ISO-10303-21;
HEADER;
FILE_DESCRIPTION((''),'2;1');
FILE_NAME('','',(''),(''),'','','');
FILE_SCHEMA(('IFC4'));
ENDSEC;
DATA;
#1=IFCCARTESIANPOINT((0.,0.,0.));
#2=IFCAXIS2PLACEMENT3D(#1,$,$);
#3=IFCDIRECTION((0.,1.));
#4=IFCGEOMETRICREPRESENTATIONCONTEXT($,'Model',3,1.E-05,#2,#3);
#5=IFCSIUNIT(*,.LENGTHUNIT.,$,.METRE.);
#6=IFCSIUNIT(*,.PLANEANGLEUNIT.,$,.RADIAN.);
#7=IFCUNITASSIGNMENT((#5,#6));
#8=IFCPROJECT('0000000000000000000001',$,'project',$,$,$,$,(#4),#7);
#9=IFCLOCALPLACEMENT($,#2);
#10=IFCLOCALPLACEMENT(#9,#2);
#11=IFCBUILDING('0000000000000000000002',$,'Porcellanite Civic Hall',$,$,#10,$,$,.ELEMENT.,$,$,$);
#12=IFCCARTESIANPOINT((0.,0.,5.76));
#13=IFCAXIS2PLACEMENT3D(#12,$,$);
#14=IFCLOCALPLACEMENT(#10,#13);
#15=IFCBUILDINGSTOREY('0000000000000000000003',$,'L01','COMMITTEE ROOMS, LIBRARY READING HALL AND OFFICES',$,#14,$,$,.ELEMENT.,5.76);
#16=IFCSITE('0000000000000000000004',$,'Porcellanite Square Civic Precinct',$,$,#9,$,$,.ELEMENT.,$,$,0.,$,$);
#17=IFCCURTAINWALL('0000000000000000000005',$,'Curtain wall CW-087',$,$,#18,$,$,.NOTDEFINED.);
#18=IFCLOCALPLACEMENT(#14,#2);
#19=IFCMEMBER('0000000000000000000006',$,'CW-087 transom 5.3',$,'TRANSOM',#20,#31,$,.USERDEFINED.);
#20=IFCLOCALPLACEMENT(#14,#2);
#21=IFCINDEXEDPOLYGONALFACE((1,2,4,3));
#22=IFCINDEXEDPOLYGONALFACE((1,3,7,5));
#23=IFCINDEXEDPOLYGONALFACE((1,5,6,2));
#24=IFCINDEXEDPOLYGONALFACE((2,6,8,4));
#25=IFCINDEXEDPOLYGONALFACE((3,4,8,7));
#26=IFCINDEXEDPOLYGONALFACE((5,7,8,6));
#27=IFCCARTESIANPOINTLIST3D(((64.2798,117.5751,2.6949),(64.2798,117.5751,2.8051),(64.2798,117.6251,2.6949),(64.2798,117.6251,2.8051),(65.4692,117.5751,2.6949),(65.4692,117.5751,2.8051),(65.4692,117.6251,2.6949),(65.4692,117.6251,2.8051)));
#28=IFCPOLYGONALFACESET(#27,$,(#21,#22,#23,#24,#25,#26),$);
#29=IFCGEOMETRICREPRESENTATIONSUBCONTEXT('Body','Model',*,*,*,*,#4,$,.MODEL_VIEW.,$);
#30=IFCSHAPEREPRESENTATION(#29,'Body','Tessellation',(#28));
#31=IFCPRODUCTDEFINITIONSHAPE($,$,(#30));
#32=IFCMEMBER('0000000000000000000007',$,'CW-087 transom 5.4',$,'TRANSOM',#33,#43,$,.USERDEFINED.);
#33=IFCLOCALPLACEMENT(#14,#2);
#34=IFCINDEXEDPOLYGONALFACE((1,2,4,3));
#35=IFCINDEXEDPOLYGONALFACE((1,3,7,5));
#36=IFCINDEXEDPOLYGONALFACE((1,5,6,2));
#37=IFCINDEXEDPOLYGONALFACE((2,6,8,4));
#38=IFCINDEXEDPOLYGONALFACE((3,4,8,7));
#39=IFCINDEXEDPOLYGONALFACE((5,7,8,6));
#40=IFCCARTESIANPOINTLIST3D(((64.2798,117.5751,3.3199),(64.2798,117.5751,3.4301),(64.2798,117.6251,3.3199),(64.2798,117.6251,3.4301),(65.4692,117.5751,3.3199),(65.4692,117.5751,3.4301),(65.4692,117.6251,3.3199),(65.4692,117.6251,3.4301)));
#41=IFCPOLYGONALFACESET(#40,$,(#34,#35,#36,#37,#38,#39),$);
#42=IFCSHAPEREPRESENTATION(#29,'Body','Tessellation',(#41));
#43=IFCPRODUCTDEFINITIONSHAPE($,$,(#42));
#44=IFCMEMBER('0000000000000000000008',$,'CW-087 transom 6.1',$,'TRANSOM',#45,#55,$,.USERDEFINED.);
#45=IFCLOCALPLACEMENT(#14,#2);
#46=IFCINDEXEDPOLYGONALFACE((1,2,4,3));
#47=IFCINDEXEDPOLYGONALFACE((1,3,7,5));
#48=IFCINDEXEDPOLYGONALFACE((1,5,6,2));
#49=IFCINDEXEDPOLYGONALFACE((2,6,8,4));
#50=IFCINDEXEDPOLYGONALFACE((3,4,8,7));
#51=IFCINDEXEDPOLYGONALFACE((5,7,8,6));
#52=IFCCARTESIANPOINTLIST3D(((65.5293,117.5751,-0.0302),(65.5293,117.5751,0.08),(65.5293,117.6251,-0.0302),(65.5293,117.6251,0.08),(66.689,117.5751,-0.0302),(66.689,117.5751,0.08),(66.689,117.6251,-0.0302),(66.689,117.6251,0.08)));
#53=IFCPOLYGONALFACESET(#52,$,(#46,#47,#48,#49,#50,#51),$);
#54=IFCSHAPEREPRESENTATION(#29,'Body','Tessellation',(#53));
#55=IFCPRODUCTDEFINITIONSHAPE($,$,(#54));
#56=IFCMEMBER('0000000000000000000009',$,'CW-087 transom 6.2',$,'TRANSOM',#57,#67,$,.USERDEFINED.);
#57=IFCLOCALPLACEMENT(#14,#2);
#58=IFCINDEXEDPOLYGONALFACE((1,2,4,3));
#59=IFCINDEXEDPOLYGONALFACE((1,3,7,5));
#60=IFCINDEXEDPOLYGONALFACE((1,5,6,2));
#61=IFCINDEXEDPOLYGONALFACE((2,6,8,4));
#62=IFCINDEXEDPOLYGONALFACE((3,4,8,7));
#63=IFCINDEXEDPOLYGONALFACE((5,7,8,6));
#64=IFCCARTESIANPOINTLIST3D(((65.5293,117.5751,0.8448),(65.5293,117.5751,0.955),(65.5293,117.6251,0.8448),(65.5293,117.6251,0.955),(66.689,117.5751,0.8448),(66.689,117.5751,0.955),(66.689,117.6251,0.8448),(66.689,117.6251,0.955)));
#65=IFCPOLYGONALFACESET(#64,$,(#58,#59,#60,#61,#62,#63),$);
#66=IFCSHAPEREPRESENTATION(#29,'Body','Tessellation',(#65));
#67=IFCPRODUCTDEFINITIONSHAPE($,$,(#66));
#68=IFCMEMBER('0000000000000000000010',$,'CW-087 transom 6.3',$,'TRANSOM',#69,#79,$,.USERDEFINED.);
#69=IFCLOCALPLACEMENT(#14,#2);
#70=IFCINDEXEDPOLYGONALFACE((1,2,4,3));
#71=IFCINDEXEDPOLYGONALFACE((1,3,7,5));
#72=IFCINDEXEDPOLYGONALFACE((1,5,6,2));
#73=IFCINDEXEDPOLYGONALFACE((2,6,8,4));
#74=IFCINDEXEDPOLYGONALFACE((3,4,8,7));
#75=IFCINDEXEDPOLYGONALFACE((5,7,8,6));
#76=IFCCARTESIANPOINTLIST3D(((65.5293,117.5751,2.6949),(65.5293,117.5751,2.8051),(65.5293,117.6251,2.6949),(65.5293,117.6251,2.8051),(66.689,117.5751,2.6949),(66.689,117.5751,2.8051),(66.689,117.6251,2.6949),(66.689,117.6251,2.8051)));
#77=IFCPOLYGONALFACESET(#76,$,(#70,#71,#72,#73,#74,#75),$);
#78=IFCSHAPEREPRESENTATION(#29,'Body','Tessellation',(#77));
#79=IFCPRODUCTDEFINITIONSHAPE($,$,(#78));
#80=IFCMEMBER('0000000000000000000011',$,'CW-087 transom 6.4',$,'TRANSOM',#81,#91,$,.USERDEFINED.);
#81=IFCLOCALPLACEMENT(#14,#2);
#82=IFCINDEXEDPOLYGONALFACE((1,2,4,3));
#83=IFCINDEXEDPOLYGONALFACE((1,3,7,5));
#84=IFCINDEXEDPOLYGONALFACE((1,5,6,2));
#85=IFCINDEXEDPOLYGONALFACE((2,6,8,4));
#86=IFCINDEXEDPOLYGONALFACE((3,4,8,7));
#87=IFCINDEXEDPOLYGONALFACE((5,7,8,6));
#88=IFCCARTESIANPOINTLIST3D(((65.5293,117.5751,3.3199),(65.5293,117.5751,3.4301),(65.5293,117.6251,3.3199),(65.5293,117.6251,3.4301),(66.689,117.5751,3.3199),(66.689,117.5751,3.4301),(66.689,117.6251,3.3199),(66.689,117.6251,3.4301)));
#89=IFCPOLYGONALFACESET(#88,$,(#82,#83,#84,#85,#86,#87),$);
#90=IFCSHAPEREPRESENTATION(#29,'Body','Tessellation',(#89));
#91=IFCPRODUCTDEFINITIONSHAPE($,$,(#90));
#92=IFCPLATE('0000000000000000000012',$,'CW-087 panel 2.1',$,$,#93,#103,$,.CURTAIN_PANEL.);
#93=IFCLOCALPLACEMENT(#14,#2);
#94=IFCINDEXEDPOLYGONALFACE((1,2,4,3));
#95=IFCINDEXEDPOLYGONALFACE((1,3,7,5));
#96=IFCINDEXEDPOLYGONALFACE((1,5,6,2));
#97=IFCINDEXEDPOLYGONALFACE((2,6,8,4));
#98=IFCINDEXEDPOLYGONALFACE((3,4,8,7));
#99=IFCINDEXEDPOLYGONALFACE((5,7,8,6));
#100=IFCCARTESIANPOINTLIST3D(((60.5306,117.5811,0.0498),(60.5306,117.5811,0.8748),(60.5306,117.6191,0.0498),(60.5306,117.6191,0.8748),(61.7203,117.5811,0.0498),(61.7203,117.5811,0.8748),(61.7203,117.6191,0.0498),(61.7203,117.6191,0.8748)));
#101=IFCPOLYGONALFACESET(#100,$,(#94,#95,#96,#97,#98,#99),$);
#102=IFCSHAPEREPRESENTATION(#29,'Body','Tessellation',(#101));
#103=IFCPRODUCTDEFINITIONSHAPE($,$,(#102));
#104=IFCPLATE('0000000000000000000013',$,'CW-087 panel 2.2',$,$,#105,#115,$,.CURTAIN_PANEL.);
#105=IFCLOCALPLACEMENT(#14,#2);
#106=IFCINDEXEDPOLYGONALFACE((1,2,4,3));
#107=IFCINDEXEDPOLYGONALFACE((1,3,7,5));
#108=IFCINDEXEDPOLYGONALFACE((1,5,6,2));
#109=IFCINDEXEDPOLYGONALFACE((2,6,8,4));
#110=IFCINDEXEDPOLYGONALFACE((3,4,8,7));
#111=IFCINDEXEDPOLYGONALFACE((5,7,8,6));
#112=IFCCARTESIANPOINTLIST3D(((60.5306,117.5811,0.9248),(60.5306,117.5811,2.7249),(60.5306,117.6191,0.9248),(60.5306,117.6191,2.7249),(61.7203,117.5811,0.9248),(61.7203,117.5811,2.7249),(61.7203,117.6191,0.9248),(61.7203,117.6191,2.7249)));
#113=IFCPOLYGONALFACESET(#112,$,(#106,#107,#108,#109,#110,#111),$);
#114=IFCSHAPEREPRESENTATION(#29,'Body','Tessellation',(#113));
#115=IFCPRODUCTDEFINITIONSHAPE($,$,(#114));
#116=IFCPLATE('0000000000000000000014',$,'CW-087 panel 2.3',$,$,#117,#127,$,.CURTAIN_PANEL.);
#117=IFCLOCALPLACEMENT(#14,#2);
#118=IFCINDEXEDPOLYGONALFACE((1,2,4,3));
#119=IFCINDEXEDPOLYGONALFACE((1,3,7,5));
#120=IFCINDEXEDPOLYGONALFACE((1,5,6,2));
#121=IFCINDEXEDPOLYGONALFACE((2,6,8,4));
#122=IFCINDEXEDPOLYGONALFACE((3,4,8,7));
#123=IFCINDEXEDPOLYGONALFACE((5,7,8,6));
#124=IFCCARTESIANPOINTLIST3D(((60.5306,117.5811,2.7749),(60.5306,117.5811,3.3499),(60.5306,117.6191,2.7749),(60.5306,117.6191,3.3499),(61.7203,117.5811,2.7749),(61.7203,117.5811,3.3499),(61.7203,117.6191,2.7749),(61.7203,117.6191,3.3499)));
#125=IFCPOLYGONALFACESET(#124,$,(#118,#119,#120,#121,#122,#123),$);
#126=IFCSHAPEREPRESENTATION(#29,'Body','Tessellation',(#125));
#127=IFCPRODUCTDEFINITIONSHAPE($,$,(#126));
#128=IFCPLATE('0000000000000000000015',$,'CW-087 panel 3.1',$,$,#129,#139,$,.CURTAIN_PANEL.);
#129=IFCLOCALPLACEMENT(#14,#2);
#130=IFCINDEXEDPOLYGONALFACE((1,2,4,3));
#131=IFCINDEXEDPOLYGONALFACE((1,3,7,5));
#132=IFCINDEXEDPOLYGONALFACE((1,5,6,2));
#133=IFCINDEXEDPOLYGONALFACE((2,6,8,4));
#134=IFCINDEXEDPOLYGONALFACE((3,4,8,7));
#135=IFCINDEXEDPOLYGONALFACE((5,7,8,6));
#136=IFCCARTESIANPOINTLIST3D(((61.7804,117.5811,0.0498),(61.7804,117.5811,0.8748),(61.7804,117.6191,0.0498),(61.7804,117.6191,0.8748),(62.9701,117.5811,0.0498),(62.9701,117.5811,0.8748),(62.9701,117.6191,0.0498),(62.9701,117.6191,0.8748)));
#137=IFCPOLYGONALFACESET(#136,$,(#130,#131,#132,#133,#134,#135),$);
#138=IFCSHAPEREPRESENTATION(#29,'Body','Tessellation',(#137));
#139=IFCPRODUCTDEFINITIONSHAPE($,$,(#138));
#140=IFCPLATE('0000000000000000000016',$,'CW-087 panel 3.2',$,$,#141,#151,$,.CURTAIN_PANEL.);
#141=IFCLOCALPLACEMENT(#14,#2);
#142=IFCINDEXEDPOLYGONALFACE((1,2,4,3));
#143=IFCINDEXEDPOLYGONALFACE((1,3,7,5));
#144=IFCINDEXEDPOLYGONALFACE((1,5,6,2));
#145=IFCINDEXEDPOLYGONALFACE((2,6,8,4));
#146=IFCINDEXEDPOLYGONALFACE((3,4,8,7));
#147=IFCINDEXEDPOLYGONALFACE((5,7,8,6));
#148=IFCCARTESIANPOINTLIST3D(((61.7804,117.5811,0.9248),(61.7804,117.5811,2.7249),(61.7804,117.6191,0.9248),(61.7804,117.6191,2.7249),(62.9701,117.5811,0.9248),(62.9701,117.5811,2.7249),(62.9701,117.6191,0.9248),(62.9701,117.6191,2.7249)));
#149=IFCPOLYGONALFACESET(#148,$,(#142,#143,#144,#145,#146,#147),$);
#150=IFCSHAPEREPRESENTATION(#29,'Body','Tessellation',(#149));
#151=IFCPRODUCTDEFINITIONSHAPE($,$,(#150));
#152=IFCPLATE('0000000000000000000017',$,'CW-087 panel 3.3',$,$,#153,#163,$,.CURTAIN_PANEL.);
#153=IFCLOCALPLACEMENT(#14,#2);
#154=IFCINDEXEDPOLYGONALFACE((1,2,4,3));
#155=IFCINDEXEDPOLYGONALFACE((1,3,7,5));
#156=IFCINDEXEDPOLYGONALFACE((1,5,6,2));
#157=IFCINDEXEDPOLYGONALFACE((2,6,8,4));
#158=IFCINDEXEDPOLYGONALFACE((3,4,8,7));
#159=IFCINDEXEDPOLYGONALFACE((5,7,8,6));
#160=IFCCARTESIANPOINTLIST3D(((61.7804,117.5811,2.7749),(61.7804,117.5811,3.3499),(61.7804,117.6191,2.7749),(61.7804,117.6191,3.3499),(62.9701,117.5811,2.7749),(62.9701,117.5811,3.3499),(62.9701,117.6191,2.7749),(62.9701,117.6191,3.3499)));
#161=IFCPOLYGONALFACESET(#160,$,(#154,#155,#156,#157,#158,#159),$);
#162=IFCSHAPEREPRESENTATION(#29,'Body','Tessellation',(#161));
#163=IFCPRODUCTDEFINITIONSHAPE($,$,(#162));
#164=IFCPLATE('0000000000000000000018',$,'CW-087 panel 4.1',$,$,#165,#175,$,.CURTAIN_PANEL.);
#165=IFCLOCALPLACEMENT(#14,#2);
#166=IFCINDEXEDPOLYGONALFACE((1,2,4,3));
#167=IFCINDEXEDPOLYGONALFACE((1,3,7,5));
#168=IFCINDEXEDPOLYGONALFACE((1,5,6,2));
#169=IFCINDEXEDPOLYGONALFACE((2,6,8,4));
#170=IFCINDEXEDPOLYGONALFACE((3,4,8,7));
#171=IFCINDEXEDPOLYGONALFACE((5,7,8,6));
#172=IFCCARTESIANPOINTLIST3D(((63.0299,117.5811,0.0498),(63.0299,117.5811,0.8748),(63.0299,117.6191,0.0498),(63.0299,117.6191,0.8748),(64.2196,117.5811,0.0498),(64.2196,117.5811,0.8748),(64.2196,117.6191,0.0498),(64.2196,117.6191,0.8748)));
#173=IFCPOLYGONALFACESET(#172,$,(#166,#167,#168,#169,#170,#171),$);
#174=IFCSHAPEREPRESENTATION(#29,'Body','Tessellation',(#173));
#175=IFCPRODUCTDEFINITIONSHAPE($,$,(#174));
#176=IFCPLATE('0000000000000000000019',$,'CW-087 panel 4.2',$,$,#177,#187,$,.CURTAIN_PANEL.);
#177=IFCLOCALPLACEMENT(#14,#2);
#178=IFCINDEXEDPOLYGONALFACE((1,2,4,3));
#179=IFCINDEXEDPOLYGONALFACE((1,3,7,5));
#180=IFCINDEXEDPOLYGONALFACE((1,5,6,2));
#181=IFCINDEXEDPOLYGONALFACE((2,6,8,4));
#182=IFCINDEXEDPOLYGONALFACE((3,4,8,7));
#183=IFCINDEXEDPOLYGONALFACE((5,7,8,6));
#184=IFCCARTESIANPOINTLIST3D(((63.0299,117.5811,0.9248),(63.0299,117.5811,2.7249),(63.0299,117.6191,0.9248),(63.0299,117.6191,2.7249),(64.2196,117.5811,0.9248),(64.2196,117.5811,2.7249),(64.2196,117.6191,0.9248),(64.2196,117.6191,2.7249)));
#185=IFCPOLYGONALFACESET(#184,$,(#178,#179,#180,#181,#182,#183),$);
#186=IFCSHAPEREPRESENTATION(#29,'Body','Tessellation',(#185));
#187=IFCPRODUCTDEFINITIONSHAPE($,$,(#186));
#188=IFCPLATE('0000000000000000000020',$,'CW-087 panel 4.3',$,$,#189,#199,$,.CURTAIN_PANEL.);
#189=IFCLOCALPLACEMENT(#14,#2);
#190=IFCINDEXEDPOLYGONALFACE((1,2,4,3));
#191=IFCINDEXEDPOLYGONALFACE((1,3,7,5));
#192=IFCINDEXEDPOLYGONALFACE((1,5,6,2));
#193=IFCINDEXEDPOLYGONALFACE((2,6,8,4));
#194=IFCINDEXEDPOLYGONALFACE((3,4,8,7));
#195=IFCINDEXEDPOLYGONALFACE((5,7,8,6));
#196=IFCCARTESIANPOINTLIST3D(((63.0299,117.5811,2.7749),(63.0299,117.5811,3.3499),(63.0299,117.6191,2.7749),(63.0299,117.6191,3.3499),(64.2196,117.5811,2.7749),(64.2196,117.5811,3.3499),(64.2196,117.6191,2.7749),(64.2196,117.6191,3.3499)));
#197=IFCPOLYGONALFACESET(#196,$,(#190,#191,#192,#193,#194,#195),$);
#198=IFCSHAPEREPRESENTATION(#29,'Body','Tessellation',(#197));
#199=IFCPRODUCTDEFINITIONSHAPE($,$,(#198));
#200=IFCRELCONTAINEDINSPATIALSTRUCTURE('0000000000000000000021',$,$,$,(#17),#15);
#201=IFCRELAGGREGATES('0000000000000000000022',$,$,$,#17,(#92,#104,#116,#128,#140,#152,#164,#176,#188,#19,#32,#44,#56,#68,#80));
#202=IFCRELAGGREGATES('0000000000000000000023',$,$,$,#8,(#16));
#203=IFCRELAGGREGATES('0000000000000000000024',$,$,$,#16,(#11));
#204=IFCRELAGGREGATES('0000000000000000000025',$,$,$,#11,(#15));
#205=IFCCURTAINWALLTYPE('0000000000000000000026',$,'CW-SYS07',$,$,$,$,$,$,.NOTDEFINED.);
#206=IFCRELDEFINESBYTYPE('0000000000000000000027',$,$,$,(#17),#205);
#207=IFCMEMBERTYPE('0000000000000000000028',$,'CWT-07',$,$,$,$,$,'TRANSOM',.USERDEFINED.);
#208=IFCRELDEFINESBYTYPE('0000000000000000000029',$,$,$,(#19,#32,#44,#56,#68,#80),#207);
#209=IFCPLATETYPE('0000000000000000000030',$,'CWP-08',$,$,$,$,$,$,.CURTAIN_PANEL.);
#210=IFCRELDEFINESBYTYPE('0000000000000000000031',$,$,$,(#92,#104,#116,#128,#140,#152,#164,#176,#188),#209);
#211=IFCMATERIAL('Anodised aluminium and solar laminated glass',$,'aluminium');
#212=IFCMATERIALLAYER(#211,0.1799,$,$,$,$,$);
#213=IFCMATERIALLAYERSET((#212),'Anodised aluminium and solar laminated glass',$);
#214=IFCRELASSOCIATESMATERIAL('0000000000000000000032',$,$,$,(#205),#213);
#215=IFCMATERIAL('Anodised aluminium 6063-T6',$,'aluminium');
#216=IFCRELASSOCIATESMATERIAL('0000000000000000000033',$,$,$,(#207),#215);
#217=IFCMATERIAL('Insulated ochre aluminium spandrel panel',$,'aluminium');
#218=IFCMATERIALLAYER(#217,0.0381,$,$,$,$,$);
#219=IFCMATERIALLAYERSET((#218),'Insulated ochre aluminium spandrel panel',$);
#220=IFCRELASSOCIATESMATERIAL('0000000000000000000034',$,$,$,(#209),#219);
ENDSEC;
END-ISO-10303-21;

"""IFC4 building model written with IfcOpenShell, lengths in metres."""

from ifc_helpers import new_model, si_unit, direction, frame, origin, origin_2d, place, context, subcontext, project, spatial, rectangle, extrude, material, layer, layer_set, material_profile, profile_set, type_object, element, aggregate, save


model = new_model("IFC4")

# Units and contexts
model_context = context("Model", 3, precision=1e-05, world=origin(), true_north=direction((0.0, 1.0)))
body_context = subcontext(model_context, "Body", "Model", "MODEL_VIEW")
ifc_project = project(units=[si_unit("LENGTHUNIT", "METRE"), si_unit("PLANEANGLEUNIT", "RADIAN")], contexts=[model_context])

# Site, building, storey
site_placement = place(None, origin())
site = spatial("IfcSite", under=ifc_project, at=site_placement, Name="Porcellanite Square Civic Precinct", CompositionType="ELEMENT", RefElevation=0.0)
building_placement = place(site_placement, origin())
building = spatial("IfcBuilding", under=site, at=building_placement, Name="Porcellanite Civic Hall", CompositionType="ELEMENT")
storey_placement = place(building_placement, frame((0.0, 0.0, 5.76)))
storey = spatial("IfcBuildingStorey", under=building, at=storey_placement, Name="L01", Description="COMMITTEE ROOMS, LIBRARY READING HALL AND OFFICES", CompositionType="ELEMENT", Elevation=5.76)

# Curtain wall, members, plates
ifc_material_1 = material(Name="Anodised aluminium and solar laminated glass", Category="aluminium")
ifc_layer_1 = layer(ifc_material_1, 0.1799)
ifc_layer_set_1 = layer_set([ifc_layer_1], Name="Anodised aluminium and solar laminated glass")
curtain_wall_type = type_object("IfcCurtainWallType", Name="CW-SYS07", PredefinedType="NOTDEFINED", material=ifc_layer_set_1)
curtain_wall_placement = place(storey_placement, origin())
curtain_wall = element("IfcCurtainWall", 1, at=curtain_wall_placement, inside=storey, type_object=curtain_wall_type, Name="Curtain wall CW-087", PredefinedType="NOTDEFINED")
ifc_material_2 = material(Name="Anodised aluminium 6063-T6", Category="aluminium")
ifc_material_profile_1 = material_profile(ifc_material_2, rectangle(XDim=0.05, YDim=0.1101, at=origin_2d()), Name="AL-50x110")
ifc_profile_set_1 = profile_set([ifc_material_profile_1], Name="Anodised aluminium 6063-T6")
member_type_1 = type_object("IfcMemberType", Name="CWT-07", ElementType="TRANSOM", PredefinedType="USERDEFINED", material=ifc_profile_set_1)
member_1_placement = place(storey_placement, frame((64.2798, 117.6001, 2.75), z_axis=(1.0, 0.0, 0.0), x_axis=(0.0, 1.0, 0.0)))
member_1 = element("IfcMember", 2, at=member_1_placement, type_object=member_type_1, Name="CW-087 transom 5.3", ObjectType="TRANSOM", PredefinedType="USERDEFINED", context=body_context, shape_type="SweptSolid", body=[
    extrude(rectangle(XDim=0.05, YDim=0.1101, at=origin_2d()), origin(), (0.0, 0.0, 1.0), 1.1895),
])
member_2_placement = place(storey_placement, frame((64.2798, 117.6001, 3.375), z_axis=(1.0, 0.0, 0.0), x_axis=(0.0, 1.0, 0.0)))
member_2 = element("IfcMember", 3, at=member_2_placement, type_object=member_type_1, Name="CW-087 transom 5.4", ObjectType="TRANSOM", PredefinedType="USERDEFINED", context=body_context, shape_type="SweptSolid", body=[
    extrude(rectangle(XDim=0.05, YDim=0.1101, at=origin_2d()), origin(), (0.0, 0.0, 1.0), 1.1895),
])
member_3_placement = place(storey_placement, frame((65.5293, 117.6001, 0.0249), z_axis=(1.0, 0.0, 0.0), x_axis=(0.0, 1.0, 0.0)))
member_3 = element("IfcMember", 4, at=member_3_placement, type_object=member_type_1, Name="CW-087 transom 6.1", ObjectType="TRANSOM", PredefinedType="USERDEFINED", context=body_context, shape_type="SweptSolid", body=[
    extrude(rectangle(XDim=0.05, YDim=0.1101, at=origin_2d()), origin(), (0.0, 0.0, 1.0), 1.1597),
])
member_4_placement = place(storey_placement, frame((65.5293, 117.6001, 0.8999), z_axis=(1.0, 0.0, 0.0), x_axis=(0.0, 1.0, 0.0)))
member_4 = element("IfcMember", 5, at=member_4_placement, type_object=member_type_1, Name="CW-087 transom 6.2", ObjectType="TRANSOM", PredefinedType="USERDEFINED", context=body_context, shape_type="SweptSolid", body=[
    extrude(rectangle(XDim=0.05, YDim=0.1101, at=origin_2d()), origin(), (0.0, 0.0, 1.0), 1.1597),
])
member_5_placement = place(storey_placement, frame((65.5293, 117.6001, 2.75), z_axis=(1.0, 0.0, 0.0), x_axis=(0.0, 1.0, 0.0)))
member_5 = element("IfcMember", 6, at=member_5_placement, type_object=member_type_1, Name="CW-087 transom 6.3", ObjectType="TRANSOM", PredefinedType="USERDEFINED", context=body_context, shape_type="SweptSolid", body=[
    extrude(rectangle(XDim=0.05, YDim=0.1101, at=origin_2d()), origin(), (0.0, 0.0, 1.0), 1.1597),
])
member_6_placement = place(storey_placement, frame((65.5293, 117.6001, 3.375), z_axis=(1.0, 0.0, 0.0), x_axis=(0.0, 1.0, 0.0)))
member_6 = element("IfcMember", 7, at=member_6_placement, type_object=member_type_1, Name="CW-087 transom 6.4", ObjectType="TRANSOM", PredefinedType="USERDEFINED", context=body_context, shape_type="SweptSolid", body=[
    extrude(rectangle(XDim=0.05, YDim=0.1101, at=origin_2d()), origin(), (0.0, 0.0, 1.0), 1.1597),
])
ifc_material_3 = material(Name="Insulated ochre aluminium spandrel panel", Category="aluminium")
ifc_layer_2 = layer(ifc_material_3, 0.0381)
ifc_layer_set_2 = layer_set([ifc_layer_2], Name="Insulated ochre aluminium spandrel panel")
plate_type = type_object("IfcPlateType", Name="CWP-08", PredefinedType="CURTAIN_PANEL", material=ifc_layer_set_2)
plate_1_placement = place(storey_placement, frame((61.1255, 117.6001, 0.0498), z_axis=(0.0, 0.0, 1.0), x_axis=(1.0, 0.0, 0.0)))
plate_1 = element("IfcPlate", 8, at=plate_1_placement, type_object=plate_type, Name="CW-087 panel 2.1", PredefinedType="CURTAIN_PANEL", context=body_context, shape_type="SweptSolid", body=[
    extrude(rectangle(XDim=1.1897, YDim=0.0381, at=origin_2d()), origin(), (0.0, 0.0, 1.0), 0.825),
])
plate_2_placement = place(storey_placement, frame((61.1255, 117.6001, 0.9248), z_axis=(0.0, 0.0, 1.0), x_axis=(1.0, 0.0, 0.0)))
plate_2 = element("IfcPlate", 9, at=plate_2_placement, type_object=plate_type, Name="CW-087 panel 2.2", PredefinedType="CURTAIN_PANEL", context=body_context, shape_type="SweptSolid", body=[
    extrude(rectangle(XDim=1.1897, YDim=0.0381, at=origin_2d()), origin(), (0.0, 0.0, 1.0), 1.8),
])
plate_3_placement = place(storey_placement, frame((61.1255, 117.6001, 2.7749), z_axis=(0.0, 0.0, 1.0), x_axis=(1.0, 0.0, 0.0)))
plate_3 = element("IfcPlate", 10, at=plate_3_placement, type_object=plate_type, Name="CW-087 panel 2.3", PredefinedType="CURTAIN_PANEL", context=body_context, shape_type="SweptSolid", body=[
    extrude(rectangle(XDim=1.1897, YDim=0.0381, at=origin_2d()), origin(), (0.0, 0.0, 1.0), 0.575),
])
plate_4_placement = place(storey_placement, frame((62.3752, 117.6001, 0.0498), z_axis=(0.0, 0.0, 1.0), x_axis=(1.0, 0.0, 0.0)))
plate_4 = element("IfcPlate", 11, at=plate_4_placement, type_object=plate_type, Name="CW-087 panel 3.1", PredefinedType="CURTAIN_PANEL", context=body_context, shape_type="SweptSolid", body=[
    extrude(rectangle(XDim=1.1897, YDim=0.0381, at=origin_2d()), origin(), (0.0, 0.0, 1.0), 0.825),
])
plate_5_placement = place(storey_placement, frame((62.3752, 117.6001, 0.9248), z_axis=(0.0, 0.0, 1.0), x_axis=(1.0, 0.0, 0.0)))
plate_5 = element("IfcPlate", 12, at=plate_5_placement, type_object=plate_type, Name="CW-087 panel 3.2", PredefinedType="CURTAIN_PANEL", context=body_context, shape_type="SweptSolid", body=[
    extrude(rectangle(XDim=1.1897, YDim=0.0381, at=origin_2d()), origin(), (0.0, 0.0, 1.0), 1.8),
])
plate_6_placement = place(storey_placement, frame((62.3752, 117.6001, 2.7749), z_axis=(0.0, 0.0, 1.0), x_axis=(1.0, 0.0, 0.0)))
plate_6 = element("IfcPlate", 13, at=plate_6_placement, type_object=plate_type, Name="CW-087 panel 3.3", PredefinedType="CURTAIN_PANEL", context=body_context, shape_type="SweptSolid", body=[
    extrude(rectangle(XDim=1.1897, YDim=0.0381, at=origin_2d()), origin(), (0.0, 0.0, 1.0), 0.575),
])
plate_7_placement = place(storey_placement, frame((63.6248, 117.6001, 0.0498), z_axis=(0.0, 0.0, 1.0), x_axis=(1.0, 0.0, 0.0)))
plate_7 = element("IfcPlate", 14, at=plate_7_placement, type_object=plate_type, Name="CW-087 panel 4.1", PredefinedType="CURTAIN_PANEL", context=body_context, shape_type="SweptSolid", body=[
    extrude(rectangle(XDim=1.1897, YDim=0.0381, at=origin_2d()), origin(), (0.0, 0.0, 1.0), 0.825),
])
plate_8_placement = place(storey_placement, frame((63.6248, 117.6001, 0.9248), z_axis=(0.0, 0.0, 1.0), x_axis=(1.0, 0.0, 0.0)))
plate_8 = element("IfcPlate", 15, at=plate_8_placement, type_object=plate_type, Name="CW-087 panel 4.2", PredefinedType="CURTAIN_PANEL", context=body_context, shape_type="SweptSolid", body=[
    extrude(rectangle(XDim=1.1897, YDim=0.0381, at=origin_2d()), origin(), (0.0, 0.0, 1.0), 1.8),
])
plate_9_placement = place(storey_placement, frame((63.6248, 117.6001, 2.7749), z_axis=(0.0, 0.0, 1.0), x_axis=(1.0, 0.0, 0.0)))
plate_9 = element("IfcPlate", 16, at=plate_9_placement, type_object=plate_type, Name="CW-087 panel 4.3", PredefinedType="CURTAIN_PANEL", context=body_context, shape_type="SweptSolid", body=[
    extrude(rectangle(XDim=1.1897, YDim=0.0381, at=origin_2d()), origin(), (0.0, 0.0, 1.0), 0.575),
])
aggregate(curtain_wall, [plate_1, plate_2, plate_3, plate_4, plate_5, plate_6, plate_7, plate_8, plate_9, member_1, member_2, member_3, member_4, member_5, member_6])

save(model, "model.ifc")
